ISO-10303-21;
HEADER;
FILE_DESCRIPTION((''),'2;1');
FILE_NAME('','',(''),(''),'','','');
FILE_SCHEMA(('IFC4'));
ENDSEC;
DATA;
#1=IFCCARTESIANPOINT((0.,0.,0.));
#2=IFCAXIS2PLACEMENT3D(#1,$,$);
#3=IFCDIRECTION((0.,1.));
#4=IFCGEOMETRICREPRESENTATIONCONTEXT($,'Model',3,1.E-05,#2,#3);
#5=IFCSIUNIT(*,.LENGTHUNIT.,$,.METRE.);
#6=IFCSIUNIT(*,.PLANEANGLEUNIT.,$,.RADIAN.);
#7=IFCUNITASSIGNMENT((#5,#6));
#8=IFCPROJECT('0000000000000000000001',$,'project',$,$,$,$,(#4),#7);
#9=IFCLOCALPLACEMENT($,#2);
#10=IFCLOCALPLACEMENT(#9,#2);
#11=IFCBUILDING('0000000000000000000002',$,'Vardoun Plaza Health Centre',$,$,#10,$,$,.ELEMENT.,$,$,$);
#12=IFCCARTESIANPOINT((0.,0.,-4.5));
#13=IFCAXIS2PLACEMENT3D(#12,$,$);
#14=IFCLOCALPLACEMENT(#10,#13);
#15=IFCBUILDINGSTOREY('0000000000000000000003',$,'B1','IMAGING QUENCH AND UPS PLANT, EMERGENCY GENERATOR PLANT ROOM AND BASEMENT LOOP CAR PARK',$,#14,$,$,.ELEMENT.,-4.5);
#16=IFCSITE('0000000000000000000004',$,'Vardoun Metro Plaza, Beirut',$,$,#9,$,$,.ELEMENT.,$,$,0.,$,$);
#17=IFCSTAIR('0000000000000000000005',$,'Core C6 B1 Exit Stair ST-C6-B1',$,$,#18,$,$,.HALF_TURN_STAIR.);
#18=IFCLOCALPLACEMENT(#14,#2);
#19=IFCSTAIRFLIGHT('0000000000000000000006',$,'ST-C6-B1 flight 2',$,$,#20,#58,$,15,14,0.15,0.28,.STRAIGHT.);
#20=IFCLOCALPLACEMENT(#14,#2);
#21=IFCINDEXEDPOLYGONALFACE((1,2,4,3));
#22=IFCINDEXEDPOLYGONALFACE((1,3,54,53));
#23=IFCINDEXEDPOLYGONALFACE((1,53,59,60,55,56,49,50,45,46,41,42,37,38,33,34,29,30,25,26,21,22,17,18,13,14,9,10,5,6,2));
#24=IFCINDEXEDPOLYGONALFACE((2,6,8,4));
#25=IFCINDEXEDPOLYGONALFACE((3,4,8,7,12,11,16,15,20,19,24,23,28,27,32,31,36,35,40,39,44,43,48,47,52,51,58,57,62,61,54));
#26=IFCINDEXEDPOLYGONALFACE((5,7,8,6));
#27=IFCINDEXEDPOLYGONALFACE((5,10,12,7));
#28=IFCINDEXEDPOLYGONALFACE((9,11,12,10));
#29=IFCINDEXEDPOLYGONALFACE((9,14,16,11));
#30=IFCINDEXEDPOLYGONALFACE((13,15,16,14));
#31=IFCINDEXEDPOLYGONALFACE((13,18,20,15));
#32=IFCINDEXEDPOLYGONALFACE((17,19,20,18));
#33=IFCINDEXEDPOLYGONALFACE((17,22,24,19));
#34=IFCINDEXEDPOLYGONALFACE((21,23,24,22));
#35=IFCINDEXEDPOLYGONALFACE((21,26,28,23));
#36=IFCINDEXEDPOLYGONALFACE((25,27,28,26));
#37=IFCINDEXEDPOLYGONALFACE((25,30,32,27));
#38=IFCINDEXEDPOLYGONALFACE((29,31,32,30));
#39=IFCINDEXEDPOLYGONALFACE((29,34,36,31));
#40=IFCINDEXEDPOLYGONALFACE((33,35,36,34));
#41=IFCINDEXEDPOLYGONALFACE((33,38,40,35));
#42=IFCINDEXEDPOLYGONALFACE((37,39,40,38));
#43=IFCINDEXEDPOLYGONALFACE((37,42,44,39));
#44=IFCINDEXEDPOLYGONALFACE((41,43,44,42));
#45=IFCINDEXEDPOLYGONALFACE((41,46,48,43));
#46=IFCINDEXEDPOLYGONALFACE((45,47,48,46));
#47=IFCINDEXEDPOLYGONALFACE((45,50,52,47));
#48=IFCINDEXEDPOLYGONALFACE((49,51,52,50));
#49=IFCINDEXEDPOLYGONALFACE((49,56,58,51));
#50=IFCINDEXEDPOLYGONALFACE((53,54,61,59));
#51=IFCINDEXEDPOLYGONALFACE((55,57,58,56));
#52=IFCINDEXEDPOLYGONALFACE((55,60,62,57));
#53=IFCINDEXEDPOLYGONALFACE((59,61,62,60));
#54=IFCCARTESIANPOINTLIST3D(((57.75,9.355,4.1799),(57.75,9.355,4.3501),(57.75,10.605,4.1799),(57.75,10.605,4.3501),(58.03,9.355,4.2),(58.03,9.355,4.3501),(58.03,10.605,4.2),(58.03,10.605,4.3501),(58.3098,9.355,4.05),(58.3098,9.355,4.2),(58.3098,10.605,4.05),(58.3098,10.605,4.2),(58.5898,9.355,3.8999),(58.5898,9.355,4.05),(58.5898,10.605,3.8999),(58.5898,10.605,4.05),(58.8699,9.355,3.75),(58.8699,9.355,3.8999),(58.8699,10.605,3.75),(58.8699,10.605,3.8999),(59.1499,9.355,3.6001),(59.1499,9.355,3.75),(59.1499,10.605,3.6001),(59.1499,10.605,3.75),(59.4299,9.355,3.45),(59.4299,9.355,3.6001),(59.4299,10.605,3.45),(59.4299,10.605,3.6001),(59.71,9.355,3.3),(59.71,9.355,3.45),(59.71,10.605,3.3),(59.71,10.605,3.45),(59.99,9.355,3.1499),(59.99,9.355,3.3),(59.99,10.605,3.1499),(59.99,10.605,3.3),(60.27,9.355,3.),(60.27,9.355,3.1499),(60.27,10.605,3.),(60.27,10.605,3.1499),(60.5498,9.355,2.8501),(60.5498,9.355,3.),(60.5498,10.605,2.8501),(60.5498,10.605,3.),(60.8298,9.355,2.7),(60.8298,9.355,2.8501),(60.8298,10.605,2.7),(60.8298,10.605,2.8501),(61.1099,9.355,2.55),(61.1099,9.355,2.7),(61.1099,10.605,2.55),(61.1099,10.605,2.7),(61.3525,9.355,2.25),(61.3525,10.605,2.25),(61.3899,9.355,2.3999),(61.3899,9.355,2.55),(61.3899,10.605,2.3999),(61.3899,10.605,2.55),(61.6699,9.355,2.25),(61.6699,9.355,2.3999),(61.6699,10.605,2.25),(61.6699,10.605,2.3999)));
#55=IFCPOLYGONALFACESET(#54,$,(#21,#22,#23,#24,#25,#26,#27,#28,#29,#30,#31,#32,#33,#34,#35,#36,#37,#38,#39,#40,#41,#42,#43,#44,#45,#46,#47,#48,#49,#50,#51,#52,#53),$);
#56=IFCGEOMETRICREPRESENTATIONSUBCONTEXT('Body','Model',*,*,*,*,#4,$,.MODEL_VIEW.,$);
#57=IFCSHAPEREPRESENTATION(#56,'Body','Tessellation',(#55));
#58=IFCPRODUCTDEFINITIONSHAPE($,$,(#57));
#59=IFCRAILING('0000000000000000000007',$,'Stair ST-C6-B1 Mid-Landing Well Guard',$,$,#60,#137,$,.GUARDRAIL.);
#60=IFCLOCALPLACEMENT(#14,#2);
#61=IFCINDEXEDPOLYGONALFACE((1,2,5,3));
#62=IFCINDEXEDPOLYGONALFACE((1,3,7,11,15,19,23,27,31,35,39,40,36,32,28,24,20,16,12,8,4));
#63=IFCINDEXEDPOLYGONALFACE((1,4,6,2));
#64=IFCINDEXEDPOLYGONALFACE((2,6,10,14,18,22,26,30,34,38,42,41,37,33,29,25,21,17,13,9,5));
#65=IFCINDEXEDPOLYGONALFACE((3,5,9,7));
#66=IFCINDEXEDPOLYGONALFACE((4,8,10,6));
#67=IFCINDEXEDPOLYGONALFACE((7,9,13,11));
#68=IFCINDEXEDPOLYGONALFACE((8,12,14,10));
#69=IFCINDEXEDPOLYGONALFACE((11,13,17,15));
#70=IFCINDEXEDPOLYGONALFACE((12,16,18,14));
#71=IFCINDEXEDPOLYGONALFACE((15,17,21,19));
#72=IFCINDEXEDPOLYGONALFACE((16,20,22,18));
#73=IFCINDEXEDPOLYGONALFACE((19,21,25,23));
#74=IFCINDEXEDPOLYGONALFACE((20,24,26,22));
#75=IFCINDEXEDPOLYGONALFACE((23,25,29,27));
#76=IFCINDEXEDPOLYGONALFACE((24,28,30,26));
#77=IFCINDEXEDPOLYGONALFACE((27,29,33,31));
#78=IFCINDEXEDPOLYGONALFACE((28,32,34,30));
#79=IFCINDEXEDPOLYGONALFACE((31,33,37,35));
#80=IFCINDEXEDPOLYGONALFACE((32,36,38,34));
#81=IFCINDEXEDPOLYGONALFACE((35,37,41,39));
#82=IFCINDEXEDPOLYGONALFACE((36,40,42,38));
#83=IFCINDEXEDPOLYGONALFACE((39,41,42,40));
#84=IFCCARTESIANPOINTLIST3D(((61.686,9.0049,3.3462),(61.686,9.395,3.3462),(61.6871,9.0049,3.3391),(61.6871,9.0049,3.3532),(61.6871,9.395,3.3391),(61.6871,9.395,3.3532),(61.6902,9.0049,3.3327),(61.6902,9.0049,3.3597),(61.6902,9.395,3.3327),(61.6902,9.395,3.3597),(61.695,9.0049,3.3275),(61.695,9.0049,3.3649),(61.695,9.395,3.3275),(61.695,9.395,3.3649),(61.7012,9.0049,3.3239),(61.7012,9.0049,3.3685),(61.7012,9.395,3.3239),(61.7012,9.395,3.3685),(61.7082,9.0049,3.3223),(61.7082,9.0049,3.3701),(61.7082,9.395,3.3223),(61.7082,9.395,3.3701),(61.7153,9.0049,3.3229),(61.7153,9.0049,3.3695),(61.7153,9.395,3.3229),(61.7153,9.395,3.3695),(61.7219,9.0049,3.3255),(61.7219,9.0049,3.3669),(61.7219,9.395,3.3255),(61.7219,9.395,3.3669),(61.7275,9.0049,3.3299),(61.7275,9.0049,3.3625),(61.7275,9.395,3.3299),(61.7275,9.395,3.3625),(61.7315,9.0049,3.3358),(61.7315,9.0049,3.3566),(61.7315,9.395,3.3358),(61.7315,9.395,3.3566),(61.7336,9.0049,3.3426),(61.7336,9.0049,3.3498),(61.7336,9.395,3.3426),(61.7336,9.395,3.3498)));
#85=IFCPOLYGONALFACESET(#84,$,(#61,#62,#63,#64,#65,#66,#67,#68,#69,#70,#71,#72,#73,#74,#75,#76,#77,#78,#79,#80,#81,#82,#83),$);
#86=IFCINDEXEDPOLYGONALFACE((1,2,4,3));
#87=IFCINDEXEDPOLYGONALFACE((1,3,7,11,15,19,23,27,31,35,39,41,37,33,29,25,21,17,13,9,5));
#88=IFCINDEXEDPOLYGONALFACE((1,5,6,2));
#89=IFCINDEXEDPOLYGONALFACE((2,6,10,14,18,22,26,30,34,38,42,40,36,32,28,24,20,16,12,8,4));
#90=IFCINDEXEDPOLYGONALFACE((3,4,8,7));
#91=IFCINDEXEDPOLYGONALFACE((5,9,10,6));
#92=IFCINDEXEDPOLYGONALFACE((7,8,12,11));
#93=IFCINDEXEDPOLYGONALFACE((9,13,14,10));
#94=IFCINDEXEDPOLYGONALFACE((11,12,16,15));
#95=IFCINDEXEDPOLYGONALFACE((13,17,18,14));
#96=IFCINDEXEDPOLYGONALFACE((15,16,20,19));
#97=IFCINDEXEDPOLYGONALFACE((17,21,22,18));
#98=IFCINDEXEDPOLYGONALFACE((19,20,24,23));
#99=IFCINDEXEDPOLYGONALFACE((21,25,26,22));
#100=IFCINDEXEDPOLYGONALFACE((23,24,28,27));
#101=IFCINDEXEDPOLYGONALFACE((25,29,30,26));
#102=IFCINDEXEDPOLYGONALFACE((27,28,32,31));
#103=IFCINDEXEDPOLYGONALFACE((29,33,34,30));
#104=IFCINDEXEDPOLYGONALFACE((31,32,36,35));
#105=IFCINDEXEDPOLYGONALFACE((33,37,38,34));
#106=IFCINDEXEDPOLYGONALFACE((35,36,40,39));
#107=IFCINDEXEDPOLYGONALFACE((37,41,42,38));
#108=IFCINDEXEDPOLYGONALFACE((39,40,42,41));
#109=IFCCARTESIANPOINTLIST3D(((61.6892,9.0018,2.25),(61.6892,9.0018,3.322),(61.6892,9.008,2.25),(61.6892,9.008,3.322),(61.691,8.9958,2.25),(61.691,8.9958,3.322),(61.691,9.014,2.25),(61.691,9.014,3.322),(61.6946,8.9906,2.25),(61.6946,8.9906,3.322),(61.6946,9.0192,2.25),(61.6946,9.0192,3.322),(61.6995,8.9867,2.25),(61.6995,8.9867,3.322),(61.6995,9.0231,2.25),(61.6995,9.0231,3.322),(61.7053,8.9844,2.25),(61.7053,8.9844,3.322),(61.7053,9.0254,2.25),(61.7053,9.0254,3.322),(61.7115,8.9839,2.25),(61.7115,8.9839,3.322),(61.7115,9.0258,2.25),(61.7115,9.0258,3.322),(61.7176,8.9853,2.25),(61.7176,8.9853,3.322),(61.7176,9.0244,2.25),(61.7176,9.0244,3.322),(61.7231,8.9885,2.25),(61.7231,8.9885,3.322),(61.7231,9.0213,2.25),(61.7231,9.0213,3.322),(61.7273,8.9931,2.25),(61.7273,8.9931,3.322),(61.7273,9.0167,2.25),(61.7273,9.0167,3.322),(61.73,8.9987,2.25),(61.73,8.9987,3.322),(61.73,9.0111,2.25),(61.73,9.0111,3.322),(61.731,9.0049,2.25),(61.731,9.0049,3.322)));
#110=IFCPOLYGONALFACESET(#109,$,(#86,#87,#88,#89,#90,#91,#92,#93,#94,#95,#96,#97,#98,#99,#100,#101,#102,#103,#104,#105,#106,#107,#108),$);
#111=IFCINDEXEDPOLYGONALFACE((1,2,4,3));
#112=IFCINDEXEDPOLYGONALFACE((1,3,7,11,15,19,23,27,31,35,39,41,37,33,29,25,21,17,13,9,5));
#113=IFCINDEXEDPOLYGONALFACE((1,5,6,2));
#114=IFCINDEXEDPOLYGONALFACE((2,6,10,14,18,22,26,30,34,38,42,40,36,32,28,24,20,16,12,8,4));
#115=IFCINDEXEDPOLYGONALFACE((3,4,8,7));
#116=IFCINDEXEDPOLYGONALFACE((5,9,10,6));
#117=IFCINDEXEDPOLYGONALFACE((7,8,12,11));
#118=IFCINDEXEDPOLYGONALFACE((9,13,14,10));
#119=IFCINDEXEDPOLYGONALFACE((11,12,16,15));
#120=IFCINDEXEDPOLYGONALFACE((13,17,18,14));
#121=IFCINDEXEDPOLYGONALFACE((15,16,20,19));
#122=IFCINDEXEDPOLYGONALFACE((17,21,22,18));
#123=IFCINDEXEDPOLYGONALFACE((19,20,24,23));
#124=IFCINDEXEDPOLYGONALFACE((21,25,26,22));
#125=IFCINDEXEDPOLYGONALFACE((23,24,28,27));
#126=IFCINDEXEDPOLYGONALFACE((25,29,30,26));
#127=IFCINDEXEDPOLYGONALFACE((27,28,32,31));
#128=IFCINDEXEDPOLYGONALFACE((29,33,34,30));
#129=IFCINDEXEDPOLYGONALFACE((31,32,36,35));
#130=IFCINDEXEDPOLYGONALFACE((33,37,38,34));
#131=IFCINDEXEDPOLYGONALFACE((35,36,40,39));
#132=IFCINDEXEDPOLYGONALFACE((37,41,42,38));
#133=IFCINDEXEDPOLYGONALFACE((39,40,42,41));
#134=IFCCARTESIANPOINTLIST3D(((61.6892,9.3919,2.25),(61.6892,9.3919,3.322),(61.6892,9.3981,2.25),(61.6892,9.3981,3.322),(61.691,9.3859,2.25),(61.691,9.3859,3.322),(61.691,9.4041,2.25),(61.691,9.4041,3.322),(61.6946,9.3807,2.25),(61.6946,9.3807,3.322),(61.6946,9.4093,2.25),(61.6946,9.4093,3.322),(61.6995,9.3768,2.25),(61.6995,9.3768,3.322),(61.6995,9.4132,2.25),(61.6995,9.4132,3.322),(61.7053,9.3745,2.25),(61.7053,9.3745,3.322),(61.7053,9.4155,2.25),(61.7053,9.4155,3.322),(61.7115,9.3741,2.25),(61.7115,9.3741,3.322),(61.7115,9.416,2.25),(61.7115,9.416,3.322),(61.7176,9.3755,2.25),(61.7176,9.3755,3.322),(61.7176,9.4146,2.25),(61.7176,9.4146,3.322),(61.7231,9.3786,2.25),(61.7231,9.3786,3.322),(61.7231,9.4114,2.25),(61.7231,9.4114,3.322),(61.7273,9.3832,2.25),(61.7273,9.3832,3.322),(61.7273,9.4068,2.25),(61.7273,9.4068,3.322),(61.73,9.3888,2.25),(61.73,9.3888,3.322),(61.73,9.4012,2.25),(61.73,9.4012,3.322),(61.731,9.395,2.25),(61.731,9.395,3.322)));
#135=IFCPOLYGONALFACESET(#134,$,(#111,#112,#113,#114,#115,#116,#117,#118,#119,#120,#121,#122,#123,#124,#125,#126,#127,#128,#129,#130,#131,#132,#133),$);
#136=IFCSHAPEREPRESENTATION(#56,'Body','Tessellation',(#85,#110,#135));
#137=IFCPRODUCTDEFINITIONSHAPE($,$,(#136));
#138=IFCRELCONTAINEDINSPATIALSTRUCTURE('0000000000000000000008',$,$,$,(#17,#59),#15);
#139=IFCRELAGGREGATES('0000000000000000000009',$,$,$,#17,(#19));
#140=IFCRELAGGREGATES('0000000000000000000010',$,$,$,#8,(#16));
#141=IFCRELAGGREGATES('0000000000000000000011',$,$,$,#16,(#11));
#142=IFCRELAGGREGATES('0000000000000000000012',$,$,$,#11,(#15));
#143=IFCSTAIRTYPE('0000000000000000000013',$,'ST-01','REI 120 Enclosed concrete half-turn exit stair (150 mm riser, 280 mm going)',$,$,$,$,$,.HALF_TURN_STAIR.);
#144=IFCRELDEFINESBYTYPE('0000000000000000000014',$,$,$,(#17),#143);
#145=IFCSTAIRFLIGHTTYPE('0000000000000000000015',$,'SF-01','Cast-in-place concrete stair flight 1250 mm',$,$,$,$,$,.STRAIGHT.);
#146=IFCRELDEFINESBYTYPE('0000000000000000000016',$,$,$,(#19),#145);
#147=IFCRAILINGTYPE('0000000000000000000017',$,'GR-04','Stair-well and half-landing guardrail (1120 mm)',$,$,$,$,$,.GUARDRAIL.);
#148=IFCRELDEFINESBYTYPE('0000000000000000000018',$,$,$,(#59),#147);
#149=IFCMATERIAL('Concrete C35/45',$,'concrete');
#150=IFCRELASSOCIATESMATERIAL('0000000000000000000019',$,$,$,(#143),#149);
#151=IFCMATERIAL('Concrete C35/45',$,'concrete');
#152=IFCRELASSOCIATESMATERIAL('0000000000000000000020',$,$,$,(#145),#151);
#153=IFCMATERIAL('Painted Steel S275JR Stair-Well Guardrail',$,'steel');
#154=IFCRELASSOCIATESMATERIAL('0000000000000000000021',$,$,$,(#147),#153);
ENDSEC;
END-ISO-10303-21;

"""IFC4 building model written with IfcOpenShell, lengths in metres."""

from ifc_helpers import new_model, si_unit, direction, frame, origin, origin_2d, place, context, subcontext, project, spatial, polyline, circle, outline, extrude, material, type_object, element, aggregate, save


model = new_model("IFC4")

# Units and contexts
model_context = context("Model", 3, precision=1e-05, world=origin(), true_north=direction((0.0, 1.0)))
body_context = subcontext(model_context, "Body", "Model", "MODEL_VIEW")
ifc_project = project(units=[si_unit("LENGTHUNIT", "METRE"), si_unit("PLANEANGLEUNIT", "RADIAN")], contexts=[model_context])

# Site, building, storey
site_placement = place(None, origin())
site = spatial("IfcSite", under=ifc_project, at=site_placement, Name="Vardoun Metro Plaza, Beirut", CompositionType="ELEMENT", RefElevation=0.0)
building_placement = place(site_placement, origin())
building = spatial("IfcBuilding", under=site, at=building_placement, Name="Vardoun Plaza Health Centre", CompositionType="ELEMENT")
storey_placement = place(building_placement, frame((0.0, 0.0, -4.5)))
storey = spatial("IfcBuildingStorey", under=building, at=storey_placement, Name="B1", Description="IMAGING QUENCH AND UPS PLANT, EMERGENCY GENERATOR PLANT ROOM AND BASEMENT LOOP CAR PARK", CompositionType="ELEMENT", Elevation=-4.5)

# Stair, stair flight
ifc_material_1 = material(Name="Concrete C35/45", Category="concrete")
stair_type = type_object("IfcStairType", Name="ST-01", Description="REI 120 Enclosed concrete half-turn exit stair (150 mm riser, 280 mm going)", PredefinedType="HALF_TURN_STAIR", material=ifc_material_1)
stair_placement = place(storey_placement, origin())
stair = element("IfcStair", 1, at=stair_placement, inside=storey, type_object=stair_type, Name="Core C6 B1 Exit Stair ST-C6-B1", PredefinedType="HALF_TURN_STAIR")
ifc_material_2 = material(Name="Concrete C35/45", Category="concrete")
stair_flight_type = type_object("IfcStairFlightType", Name="SF-01", Description="Cast-in-place concrete stair flight 1250 mm", PredefinedType="STRAIGHT", material=ifc_material_2)
stair_flight_1_placement = place(storey_placement, frame((61.6699, 9.98, 2.25), z_axis=(0.0, 0.0, 1.0), x_axis=(-1.0, 0.0, 0.0)))
stair_flight_1 = element("IfcStairFlight", 2, at=stair_flight_1_placement, type_object=stair_flight_type, Name="ST-C6-B1 flight 2", NumberOfRisers=15, NumberOfTreads=14, PredefinedType="STRAIGHT", RiserHeight=0.15, TreadLength=0.28, context=body_context, shape_type="SweptSolid", body=[
    extrude(outline(polyline([(0.0, 0.0), (0.0, 0.1499), (0.28, 0.1499), (0.28, 0.3), (0.5601, 0.3), (0.5601, 0.45), (0.8401, 0.45), (0.8401, 0.6001), (1.1201, 0.6001), (1.1201, 0.75), (1.3999, 0.75), (1.3999, 0.8999), (1.6799, 0.8999), (1.6799, 1.05), (1.96, 1.05), (1.96, 1.2), (2.24, 1.2), (2.24, 1.3501), (2.52, 1.3501), (2.52, 1.5), (2.8, 1.5), (2.8, 1.6499), (3.0801, 1.6499), (3.0801, 1.8), (3.3601, 1.8), (3.3601, 1.95), (3.6399, 1.95), (3.6399, 2.1001), (3.9199, 2.1001), (3.9199, 2.25), (3.9199, 1.9299), (0.3174, 0.0), (0.0, 0.0)])), frame((0.0, 0.625, 0.0), z_axis=(0.0, -1.0, 0.0), x_axis=(1.0, 0.0, 0.0)), (0.0, 0.0, 1.0), 1.25),
])
aggregate(stair, [stair_flight_1])

# Railing
ifc_material_3 = material(Name="Painted Steel S275JR Stair-Well Guardrail", Category="steel")
railing_type_1 = type_object("IfcRailingType", Name="GR-04", Description="Stair-well and half-landing guardrail (1120 mm)", PredefinedType="GUARDRAIL", material=ifc_material_3)
railing_1_placement = place(storey_placement, frame((61.71, 9.0049, 2.25)))
element("IfcRailing", 3, at=railing_1_placement, inside=storey, type_object=railing_type_1, Name="Stair ST-C6-B1 Mid-Landing Well Guard", PredefinedType="GUARDRAIL", context=body_context, shape_type="SweptSolid", body=[
    extrude(circle(Radius=0.0239, at=origin_2d()), frame((0.0, 0.0, 1.0962), z_axis=(0.0, 1.0, 0.0), x_axis=(-1.0, 0.0, 0.0)), (0.0, 0.0, 1.0), 0.3901),
    extrude(circle(Radius=0.021, at=origin_2d()), origin(), (0.0, 0.0, 1.0), 1.072),
    extrude(circle(Radius=0.021, at=origin_2d()), frame((0.0, 0.3901, 0.0)), (0.0, 0.0, 1.0), 1.072),
])

save(model, "model.ifc")
